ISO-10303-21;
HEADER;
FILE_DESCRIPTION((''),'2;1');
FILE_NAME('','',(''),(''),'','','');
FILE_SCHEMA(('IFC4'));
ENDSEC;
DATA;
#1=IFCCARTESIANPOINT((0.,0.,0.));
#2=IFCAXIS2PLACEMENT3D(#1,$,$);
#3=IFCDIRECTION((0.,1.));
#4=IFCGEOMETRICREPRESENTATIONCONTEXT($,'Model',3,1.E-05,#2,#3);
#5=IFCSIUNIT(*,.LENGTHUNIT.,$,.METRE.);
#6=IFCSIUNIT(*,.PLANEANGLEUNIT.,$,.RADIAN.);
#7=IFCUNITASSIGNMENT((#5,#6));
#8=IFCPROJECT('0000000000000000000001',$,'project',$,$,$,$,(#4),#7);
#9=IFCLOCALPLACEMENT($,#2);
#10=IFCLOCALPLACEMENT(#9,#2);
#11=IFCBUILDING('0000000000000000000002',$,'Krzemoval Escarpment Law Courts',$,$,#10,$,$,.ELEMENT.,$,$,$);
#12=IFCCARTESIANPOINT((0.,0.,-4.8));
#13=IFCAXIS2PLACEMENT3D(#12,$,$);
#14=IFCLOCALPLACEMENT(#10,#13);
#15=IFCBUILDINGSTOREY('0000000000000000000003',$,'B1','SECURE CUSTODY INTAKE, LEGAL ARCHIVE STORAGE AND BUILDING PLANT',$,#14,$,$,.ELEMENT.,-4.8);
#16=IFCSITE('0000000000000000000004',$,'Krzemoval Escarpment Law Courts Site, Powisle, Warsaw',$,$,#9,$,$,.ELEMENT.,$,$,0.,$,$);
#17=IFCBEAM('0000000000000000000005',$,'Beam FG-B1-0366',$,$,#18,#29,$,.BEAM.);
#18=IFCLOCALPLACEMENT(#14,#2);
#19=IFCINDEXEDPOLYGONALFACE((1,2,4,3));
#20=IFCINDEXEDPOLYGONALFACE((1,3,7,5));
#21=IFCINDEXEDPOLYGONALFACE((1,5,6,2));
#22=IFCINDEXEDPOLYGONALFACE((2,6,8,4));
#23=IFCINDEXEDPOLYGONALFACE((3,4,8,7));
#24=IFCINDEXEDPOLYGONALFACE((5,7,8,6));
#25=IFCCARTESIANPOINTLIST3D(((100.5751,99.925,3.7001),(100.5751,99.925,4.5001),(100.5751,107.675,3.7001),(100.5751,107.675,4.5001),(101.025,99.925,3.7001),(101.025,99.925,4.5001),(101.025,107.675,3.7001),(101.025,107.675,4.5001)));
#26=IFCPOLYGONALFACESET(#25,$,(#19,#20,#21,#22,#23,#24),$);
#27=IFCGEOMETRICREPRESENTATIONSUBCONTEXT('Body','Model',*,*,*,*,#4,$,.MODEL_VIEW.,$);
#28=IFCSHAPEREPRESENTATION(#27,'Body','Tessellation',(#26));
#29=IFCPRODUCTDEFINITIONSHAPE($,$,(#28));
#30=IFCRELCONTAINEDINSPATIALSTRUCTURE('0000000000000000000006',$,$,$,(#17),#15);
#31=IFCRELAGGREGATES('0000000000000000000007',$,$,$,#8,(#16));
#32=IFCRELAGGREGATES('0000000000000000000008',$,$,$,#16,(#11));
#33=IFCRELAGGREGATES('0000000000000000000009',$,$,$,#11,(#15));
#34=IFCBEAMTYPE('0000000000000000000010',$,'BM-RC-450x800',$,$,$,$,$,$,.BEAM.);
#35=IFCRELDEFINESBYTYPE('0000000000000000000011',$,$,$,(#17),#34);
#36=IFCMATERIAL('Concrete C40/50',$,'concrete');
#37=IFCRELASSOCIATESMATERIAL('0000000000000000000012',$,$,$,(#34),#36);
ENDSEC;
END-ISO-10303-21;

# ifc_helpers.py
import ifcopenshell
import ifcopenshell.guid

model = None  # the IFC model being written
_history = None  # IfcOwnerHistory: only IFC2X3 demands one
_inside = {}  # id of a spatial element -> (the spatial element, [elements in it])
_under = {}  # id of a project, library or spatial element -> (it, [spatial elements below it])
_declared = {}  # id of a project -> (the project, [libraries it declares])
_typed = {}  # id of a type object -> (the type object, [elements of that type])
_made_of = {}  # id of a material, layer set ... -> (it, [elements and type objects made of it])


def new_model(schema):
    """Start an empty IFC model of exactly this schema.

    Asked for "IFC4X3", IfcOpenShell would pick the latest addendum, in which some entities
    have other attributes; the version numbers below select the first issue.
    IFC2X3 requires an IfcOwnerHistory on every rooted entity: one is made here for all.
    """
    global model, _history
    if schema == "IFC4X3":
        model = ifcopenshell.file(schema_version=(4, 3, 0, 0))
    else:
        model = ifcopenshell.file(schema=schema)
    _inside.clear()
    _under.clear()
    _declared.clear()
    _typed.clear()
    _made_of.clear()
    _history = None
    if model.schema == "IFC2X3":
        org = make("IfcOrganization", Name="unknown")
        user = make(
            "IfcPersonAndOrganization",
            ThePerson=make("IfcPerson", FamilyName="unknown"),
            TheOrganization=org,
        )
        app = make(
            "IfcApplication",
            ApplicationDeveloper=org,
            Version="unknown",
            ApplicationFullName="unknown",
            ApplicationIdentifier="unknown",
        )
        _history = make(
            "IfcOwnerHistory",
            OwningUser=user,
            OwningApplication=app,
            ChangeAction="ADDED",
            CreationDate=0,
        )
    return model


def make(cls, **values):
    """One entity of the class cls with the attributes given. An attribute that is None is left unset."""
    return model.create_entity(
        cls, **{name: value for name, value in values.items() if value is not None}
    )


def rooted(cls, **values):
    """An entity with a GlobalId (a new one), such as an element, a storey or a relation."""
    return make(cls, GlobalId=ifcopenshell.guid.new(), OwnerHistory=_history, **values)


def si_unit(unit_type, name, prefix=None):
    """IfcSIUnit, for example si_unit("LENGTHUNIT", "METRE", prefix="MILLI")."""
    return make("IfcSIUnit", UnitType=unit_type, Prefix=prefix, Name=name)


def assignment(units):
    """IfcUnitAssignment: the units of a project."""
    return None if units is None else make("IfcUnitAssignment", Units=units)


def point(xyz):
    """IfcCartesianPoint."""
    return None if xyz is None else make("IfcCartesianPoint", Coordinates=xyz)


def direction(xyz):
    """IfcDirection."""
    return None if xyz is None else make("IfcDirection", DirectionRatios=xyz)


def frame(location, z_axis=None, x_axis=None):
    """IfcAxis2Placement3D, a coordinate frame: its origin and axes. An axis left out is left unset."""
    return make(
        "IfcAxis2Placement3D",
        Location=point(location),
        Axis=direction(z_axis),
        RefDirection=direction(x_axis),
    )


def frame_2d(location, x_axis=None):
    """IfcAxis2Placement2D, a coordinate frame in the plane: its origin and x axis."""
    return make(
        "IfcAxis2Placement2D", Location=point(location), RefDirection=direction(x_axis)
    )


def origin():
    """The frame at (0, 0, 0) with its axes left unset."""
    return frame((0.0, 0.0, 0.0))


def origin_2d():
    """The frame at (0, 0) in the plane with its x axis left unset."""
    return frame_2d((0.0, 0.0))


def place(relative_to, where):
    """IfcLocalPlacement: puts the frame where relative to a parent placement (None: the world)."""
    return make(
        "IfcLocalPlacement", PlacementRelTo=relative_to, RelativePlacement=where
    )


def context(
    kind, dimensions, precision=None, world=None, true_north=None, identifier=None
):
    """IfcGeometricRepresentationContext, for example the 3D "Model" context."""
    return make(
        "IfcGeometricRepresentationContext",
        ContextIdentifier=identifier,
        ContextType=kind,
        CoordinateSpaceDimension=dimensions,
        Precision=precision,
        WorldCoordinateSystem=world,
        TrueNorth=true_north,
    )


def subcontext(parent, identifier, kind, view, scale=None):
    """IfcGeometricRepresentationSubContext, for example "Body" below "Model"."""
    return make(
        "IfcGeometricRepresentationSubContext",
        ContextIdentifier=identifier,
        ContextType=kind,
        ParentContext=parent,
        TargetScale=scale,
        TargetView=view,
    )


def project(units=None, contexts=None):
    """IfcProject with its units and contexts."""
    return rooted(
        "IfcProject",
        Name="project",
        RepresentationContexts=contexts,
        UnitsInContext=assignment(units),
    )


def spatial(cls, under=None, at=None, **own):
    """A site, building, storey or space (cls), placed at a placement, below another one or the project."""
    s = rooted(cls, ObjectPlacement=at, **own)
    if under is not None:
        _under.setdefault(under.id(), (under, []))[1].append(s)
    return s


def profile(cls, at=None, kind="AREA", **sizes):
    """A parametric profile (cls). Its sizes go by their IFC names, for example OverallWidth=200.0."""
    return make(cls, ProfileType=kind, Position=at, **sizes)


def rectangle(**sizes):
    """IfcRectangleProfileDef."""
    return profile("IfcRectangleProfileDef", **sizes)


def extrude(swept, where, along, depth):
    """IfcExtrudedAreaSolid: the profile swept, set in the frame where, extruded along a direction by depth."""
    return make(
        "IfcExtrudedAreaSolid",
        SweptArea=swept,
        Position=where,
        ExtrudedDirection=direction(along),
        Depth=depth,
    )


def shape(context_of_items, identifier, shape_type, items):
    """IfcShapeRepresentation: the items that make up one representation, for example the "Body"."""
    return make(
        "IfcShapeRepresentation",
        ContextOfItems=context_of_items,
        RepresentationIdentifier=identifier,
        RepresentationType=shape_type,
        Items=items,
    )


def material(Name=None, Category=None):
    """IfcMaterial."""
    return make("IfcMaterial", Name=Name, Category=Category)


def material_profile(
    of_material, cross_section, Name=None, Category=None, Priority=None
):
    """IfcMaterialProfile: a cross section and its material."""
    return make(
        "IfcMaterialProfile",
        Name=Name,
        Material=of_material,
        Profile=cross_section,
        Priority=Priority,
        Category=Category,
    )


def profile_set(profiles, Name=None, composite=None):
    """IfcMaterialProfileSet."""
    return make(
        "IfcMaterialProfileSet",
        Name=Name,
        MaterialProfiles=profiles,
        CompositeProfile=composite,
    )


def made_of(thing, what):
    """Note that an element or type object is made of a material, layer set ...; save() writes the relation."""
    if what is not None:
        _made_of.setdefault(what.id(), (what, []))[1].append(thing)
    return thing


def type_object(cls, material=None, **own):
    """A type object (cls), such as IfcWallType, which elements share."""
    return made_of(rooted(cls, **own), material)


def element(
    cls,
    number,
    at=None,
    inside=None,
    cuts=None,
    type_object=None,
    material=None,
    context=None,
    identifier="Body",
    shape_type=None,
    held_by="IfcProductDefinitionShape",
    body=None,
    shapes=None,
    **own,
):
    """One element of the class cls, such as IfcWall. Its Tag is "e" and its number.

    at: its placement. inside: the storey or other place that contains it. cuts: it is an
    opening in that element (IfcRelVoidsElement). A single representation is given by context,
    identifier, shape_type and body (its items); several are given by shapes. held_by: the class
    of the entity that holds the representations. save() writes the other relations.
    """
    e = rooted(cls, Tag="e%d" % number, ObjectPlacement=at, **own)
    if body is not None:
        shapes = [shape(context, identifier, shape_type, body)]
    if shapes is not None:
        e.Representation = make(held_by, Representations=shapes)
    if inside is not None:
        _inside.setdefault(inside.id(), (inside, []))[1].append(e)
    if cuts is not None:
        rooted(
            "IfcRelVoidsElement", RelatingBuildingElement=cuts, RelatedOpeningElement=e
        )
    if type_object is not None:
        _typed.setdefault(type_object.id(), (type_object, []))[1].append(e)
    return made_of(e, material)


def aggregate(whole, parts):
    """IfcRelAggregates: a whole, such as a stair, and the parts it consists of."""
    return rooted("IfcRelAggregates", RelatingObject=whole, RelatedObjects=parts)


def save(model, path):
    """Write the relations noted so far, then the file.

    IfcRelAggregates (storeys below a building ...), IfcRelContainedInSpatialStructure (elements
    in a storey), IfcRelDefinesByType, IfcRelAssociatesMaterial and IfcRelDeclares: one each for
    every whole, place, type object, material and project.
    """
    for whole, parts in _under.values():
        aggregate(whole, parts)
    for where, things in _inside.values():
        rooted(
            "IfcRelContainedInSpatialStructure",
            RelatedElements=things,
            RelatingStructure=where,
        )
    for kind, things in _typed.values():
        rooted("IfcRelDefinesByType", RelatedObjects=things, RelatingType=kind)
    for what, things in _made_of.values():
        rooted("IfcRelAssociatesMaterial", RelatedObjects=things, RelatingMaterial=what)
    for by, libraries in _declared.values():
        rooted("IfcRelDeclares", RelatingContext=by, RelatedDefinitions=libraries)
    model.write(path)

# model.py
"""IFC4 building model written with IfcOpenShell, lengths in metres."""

from ifc_helpers import new_model, si_unit, direction, frame, origin, origin_2d, place, context, subcontext, project, spatial, rectangle, extrude, material, material_profile, profile_set, type_object, element, save


model = new_model("IFC4")

# Units and contexts
model_context = context("Model", 3, precision=1e-05, world=origin(), true_north=direction((0.0, 1.0)))
body_context = subcontext(model_context, "Body", "Model", "MODEL_VIEW")
ifc_project = project(units=[si_unit("LENGTHUNIT", "METRE"), si_unit("PLANEANGLEUNIT", "RADIAN")], contexts=[model_context])

# Site, building, storey
site_placement = place(None, origin())
site = spatial("IfcSite", under=ifc_project, at=site_placement, Name="Krzemoval Escarpment Law Courts Site, Powisle, Warsaw", CompositionType="ELEMENT", RefElevation=0.0)
building_placement = place(site_placement, origin())
building = spatial("IfcBuilding", under=site, at=building_placement, Name="Krzemoval Escarpment Law Courts", CompositionType="ELEMENT")
storey_placement = place(building_placement, frame((0.0, 0.0, -4.8)))
storey = spatial("IfcBuildingStorey", under=building, at=storey_placement, Name="B1", Description="SECURE CUSTODY INTAKE, LEGAL ARCHIVE STORAGE AND BUILDING PLANT", CompositionType="ELEMENT", Elevation=-4.8)

# Beam
ifc_material_1 = material(Name="Concrete C40/50", Category="concrete")
ifc_material_profile_1 = material_profile(ifc_material_1, rectangle(XDim=0.45, YDim=0.8, at=origin_2d()), Name="RCB 450x800")
ifc_profile_set_1 = profile_set([ifc_material_profile_1], Name="Concrete C40/50")
beam_type_1 = type_object("IfcBeamType", Name="BM-RC-450x800", PredefinedType="BEAM", material=ifc_profile_set_1)
beam_placement = place(storey_placement, frame((100.8, 99.925, 4.1001), z_axis=(0.0, 1.0, 0.0), x_axis=(-1.0, 0.0, 0.0)))
element("IfcBeam", 1, at=beam_placement, inside=storey, type_object=beam_type_1, Name="Beam FG-B1-0366", PredefinedType="BEAM", context=body_context, shape_type="SweptSolid", body=[
    extrude(rectangle(XDim=0.45, YDim=0.8, at=origin_2d()), origin(), (0.0, 0.0, 1.0), 7.75),
])

save(model, "model.ifc")
